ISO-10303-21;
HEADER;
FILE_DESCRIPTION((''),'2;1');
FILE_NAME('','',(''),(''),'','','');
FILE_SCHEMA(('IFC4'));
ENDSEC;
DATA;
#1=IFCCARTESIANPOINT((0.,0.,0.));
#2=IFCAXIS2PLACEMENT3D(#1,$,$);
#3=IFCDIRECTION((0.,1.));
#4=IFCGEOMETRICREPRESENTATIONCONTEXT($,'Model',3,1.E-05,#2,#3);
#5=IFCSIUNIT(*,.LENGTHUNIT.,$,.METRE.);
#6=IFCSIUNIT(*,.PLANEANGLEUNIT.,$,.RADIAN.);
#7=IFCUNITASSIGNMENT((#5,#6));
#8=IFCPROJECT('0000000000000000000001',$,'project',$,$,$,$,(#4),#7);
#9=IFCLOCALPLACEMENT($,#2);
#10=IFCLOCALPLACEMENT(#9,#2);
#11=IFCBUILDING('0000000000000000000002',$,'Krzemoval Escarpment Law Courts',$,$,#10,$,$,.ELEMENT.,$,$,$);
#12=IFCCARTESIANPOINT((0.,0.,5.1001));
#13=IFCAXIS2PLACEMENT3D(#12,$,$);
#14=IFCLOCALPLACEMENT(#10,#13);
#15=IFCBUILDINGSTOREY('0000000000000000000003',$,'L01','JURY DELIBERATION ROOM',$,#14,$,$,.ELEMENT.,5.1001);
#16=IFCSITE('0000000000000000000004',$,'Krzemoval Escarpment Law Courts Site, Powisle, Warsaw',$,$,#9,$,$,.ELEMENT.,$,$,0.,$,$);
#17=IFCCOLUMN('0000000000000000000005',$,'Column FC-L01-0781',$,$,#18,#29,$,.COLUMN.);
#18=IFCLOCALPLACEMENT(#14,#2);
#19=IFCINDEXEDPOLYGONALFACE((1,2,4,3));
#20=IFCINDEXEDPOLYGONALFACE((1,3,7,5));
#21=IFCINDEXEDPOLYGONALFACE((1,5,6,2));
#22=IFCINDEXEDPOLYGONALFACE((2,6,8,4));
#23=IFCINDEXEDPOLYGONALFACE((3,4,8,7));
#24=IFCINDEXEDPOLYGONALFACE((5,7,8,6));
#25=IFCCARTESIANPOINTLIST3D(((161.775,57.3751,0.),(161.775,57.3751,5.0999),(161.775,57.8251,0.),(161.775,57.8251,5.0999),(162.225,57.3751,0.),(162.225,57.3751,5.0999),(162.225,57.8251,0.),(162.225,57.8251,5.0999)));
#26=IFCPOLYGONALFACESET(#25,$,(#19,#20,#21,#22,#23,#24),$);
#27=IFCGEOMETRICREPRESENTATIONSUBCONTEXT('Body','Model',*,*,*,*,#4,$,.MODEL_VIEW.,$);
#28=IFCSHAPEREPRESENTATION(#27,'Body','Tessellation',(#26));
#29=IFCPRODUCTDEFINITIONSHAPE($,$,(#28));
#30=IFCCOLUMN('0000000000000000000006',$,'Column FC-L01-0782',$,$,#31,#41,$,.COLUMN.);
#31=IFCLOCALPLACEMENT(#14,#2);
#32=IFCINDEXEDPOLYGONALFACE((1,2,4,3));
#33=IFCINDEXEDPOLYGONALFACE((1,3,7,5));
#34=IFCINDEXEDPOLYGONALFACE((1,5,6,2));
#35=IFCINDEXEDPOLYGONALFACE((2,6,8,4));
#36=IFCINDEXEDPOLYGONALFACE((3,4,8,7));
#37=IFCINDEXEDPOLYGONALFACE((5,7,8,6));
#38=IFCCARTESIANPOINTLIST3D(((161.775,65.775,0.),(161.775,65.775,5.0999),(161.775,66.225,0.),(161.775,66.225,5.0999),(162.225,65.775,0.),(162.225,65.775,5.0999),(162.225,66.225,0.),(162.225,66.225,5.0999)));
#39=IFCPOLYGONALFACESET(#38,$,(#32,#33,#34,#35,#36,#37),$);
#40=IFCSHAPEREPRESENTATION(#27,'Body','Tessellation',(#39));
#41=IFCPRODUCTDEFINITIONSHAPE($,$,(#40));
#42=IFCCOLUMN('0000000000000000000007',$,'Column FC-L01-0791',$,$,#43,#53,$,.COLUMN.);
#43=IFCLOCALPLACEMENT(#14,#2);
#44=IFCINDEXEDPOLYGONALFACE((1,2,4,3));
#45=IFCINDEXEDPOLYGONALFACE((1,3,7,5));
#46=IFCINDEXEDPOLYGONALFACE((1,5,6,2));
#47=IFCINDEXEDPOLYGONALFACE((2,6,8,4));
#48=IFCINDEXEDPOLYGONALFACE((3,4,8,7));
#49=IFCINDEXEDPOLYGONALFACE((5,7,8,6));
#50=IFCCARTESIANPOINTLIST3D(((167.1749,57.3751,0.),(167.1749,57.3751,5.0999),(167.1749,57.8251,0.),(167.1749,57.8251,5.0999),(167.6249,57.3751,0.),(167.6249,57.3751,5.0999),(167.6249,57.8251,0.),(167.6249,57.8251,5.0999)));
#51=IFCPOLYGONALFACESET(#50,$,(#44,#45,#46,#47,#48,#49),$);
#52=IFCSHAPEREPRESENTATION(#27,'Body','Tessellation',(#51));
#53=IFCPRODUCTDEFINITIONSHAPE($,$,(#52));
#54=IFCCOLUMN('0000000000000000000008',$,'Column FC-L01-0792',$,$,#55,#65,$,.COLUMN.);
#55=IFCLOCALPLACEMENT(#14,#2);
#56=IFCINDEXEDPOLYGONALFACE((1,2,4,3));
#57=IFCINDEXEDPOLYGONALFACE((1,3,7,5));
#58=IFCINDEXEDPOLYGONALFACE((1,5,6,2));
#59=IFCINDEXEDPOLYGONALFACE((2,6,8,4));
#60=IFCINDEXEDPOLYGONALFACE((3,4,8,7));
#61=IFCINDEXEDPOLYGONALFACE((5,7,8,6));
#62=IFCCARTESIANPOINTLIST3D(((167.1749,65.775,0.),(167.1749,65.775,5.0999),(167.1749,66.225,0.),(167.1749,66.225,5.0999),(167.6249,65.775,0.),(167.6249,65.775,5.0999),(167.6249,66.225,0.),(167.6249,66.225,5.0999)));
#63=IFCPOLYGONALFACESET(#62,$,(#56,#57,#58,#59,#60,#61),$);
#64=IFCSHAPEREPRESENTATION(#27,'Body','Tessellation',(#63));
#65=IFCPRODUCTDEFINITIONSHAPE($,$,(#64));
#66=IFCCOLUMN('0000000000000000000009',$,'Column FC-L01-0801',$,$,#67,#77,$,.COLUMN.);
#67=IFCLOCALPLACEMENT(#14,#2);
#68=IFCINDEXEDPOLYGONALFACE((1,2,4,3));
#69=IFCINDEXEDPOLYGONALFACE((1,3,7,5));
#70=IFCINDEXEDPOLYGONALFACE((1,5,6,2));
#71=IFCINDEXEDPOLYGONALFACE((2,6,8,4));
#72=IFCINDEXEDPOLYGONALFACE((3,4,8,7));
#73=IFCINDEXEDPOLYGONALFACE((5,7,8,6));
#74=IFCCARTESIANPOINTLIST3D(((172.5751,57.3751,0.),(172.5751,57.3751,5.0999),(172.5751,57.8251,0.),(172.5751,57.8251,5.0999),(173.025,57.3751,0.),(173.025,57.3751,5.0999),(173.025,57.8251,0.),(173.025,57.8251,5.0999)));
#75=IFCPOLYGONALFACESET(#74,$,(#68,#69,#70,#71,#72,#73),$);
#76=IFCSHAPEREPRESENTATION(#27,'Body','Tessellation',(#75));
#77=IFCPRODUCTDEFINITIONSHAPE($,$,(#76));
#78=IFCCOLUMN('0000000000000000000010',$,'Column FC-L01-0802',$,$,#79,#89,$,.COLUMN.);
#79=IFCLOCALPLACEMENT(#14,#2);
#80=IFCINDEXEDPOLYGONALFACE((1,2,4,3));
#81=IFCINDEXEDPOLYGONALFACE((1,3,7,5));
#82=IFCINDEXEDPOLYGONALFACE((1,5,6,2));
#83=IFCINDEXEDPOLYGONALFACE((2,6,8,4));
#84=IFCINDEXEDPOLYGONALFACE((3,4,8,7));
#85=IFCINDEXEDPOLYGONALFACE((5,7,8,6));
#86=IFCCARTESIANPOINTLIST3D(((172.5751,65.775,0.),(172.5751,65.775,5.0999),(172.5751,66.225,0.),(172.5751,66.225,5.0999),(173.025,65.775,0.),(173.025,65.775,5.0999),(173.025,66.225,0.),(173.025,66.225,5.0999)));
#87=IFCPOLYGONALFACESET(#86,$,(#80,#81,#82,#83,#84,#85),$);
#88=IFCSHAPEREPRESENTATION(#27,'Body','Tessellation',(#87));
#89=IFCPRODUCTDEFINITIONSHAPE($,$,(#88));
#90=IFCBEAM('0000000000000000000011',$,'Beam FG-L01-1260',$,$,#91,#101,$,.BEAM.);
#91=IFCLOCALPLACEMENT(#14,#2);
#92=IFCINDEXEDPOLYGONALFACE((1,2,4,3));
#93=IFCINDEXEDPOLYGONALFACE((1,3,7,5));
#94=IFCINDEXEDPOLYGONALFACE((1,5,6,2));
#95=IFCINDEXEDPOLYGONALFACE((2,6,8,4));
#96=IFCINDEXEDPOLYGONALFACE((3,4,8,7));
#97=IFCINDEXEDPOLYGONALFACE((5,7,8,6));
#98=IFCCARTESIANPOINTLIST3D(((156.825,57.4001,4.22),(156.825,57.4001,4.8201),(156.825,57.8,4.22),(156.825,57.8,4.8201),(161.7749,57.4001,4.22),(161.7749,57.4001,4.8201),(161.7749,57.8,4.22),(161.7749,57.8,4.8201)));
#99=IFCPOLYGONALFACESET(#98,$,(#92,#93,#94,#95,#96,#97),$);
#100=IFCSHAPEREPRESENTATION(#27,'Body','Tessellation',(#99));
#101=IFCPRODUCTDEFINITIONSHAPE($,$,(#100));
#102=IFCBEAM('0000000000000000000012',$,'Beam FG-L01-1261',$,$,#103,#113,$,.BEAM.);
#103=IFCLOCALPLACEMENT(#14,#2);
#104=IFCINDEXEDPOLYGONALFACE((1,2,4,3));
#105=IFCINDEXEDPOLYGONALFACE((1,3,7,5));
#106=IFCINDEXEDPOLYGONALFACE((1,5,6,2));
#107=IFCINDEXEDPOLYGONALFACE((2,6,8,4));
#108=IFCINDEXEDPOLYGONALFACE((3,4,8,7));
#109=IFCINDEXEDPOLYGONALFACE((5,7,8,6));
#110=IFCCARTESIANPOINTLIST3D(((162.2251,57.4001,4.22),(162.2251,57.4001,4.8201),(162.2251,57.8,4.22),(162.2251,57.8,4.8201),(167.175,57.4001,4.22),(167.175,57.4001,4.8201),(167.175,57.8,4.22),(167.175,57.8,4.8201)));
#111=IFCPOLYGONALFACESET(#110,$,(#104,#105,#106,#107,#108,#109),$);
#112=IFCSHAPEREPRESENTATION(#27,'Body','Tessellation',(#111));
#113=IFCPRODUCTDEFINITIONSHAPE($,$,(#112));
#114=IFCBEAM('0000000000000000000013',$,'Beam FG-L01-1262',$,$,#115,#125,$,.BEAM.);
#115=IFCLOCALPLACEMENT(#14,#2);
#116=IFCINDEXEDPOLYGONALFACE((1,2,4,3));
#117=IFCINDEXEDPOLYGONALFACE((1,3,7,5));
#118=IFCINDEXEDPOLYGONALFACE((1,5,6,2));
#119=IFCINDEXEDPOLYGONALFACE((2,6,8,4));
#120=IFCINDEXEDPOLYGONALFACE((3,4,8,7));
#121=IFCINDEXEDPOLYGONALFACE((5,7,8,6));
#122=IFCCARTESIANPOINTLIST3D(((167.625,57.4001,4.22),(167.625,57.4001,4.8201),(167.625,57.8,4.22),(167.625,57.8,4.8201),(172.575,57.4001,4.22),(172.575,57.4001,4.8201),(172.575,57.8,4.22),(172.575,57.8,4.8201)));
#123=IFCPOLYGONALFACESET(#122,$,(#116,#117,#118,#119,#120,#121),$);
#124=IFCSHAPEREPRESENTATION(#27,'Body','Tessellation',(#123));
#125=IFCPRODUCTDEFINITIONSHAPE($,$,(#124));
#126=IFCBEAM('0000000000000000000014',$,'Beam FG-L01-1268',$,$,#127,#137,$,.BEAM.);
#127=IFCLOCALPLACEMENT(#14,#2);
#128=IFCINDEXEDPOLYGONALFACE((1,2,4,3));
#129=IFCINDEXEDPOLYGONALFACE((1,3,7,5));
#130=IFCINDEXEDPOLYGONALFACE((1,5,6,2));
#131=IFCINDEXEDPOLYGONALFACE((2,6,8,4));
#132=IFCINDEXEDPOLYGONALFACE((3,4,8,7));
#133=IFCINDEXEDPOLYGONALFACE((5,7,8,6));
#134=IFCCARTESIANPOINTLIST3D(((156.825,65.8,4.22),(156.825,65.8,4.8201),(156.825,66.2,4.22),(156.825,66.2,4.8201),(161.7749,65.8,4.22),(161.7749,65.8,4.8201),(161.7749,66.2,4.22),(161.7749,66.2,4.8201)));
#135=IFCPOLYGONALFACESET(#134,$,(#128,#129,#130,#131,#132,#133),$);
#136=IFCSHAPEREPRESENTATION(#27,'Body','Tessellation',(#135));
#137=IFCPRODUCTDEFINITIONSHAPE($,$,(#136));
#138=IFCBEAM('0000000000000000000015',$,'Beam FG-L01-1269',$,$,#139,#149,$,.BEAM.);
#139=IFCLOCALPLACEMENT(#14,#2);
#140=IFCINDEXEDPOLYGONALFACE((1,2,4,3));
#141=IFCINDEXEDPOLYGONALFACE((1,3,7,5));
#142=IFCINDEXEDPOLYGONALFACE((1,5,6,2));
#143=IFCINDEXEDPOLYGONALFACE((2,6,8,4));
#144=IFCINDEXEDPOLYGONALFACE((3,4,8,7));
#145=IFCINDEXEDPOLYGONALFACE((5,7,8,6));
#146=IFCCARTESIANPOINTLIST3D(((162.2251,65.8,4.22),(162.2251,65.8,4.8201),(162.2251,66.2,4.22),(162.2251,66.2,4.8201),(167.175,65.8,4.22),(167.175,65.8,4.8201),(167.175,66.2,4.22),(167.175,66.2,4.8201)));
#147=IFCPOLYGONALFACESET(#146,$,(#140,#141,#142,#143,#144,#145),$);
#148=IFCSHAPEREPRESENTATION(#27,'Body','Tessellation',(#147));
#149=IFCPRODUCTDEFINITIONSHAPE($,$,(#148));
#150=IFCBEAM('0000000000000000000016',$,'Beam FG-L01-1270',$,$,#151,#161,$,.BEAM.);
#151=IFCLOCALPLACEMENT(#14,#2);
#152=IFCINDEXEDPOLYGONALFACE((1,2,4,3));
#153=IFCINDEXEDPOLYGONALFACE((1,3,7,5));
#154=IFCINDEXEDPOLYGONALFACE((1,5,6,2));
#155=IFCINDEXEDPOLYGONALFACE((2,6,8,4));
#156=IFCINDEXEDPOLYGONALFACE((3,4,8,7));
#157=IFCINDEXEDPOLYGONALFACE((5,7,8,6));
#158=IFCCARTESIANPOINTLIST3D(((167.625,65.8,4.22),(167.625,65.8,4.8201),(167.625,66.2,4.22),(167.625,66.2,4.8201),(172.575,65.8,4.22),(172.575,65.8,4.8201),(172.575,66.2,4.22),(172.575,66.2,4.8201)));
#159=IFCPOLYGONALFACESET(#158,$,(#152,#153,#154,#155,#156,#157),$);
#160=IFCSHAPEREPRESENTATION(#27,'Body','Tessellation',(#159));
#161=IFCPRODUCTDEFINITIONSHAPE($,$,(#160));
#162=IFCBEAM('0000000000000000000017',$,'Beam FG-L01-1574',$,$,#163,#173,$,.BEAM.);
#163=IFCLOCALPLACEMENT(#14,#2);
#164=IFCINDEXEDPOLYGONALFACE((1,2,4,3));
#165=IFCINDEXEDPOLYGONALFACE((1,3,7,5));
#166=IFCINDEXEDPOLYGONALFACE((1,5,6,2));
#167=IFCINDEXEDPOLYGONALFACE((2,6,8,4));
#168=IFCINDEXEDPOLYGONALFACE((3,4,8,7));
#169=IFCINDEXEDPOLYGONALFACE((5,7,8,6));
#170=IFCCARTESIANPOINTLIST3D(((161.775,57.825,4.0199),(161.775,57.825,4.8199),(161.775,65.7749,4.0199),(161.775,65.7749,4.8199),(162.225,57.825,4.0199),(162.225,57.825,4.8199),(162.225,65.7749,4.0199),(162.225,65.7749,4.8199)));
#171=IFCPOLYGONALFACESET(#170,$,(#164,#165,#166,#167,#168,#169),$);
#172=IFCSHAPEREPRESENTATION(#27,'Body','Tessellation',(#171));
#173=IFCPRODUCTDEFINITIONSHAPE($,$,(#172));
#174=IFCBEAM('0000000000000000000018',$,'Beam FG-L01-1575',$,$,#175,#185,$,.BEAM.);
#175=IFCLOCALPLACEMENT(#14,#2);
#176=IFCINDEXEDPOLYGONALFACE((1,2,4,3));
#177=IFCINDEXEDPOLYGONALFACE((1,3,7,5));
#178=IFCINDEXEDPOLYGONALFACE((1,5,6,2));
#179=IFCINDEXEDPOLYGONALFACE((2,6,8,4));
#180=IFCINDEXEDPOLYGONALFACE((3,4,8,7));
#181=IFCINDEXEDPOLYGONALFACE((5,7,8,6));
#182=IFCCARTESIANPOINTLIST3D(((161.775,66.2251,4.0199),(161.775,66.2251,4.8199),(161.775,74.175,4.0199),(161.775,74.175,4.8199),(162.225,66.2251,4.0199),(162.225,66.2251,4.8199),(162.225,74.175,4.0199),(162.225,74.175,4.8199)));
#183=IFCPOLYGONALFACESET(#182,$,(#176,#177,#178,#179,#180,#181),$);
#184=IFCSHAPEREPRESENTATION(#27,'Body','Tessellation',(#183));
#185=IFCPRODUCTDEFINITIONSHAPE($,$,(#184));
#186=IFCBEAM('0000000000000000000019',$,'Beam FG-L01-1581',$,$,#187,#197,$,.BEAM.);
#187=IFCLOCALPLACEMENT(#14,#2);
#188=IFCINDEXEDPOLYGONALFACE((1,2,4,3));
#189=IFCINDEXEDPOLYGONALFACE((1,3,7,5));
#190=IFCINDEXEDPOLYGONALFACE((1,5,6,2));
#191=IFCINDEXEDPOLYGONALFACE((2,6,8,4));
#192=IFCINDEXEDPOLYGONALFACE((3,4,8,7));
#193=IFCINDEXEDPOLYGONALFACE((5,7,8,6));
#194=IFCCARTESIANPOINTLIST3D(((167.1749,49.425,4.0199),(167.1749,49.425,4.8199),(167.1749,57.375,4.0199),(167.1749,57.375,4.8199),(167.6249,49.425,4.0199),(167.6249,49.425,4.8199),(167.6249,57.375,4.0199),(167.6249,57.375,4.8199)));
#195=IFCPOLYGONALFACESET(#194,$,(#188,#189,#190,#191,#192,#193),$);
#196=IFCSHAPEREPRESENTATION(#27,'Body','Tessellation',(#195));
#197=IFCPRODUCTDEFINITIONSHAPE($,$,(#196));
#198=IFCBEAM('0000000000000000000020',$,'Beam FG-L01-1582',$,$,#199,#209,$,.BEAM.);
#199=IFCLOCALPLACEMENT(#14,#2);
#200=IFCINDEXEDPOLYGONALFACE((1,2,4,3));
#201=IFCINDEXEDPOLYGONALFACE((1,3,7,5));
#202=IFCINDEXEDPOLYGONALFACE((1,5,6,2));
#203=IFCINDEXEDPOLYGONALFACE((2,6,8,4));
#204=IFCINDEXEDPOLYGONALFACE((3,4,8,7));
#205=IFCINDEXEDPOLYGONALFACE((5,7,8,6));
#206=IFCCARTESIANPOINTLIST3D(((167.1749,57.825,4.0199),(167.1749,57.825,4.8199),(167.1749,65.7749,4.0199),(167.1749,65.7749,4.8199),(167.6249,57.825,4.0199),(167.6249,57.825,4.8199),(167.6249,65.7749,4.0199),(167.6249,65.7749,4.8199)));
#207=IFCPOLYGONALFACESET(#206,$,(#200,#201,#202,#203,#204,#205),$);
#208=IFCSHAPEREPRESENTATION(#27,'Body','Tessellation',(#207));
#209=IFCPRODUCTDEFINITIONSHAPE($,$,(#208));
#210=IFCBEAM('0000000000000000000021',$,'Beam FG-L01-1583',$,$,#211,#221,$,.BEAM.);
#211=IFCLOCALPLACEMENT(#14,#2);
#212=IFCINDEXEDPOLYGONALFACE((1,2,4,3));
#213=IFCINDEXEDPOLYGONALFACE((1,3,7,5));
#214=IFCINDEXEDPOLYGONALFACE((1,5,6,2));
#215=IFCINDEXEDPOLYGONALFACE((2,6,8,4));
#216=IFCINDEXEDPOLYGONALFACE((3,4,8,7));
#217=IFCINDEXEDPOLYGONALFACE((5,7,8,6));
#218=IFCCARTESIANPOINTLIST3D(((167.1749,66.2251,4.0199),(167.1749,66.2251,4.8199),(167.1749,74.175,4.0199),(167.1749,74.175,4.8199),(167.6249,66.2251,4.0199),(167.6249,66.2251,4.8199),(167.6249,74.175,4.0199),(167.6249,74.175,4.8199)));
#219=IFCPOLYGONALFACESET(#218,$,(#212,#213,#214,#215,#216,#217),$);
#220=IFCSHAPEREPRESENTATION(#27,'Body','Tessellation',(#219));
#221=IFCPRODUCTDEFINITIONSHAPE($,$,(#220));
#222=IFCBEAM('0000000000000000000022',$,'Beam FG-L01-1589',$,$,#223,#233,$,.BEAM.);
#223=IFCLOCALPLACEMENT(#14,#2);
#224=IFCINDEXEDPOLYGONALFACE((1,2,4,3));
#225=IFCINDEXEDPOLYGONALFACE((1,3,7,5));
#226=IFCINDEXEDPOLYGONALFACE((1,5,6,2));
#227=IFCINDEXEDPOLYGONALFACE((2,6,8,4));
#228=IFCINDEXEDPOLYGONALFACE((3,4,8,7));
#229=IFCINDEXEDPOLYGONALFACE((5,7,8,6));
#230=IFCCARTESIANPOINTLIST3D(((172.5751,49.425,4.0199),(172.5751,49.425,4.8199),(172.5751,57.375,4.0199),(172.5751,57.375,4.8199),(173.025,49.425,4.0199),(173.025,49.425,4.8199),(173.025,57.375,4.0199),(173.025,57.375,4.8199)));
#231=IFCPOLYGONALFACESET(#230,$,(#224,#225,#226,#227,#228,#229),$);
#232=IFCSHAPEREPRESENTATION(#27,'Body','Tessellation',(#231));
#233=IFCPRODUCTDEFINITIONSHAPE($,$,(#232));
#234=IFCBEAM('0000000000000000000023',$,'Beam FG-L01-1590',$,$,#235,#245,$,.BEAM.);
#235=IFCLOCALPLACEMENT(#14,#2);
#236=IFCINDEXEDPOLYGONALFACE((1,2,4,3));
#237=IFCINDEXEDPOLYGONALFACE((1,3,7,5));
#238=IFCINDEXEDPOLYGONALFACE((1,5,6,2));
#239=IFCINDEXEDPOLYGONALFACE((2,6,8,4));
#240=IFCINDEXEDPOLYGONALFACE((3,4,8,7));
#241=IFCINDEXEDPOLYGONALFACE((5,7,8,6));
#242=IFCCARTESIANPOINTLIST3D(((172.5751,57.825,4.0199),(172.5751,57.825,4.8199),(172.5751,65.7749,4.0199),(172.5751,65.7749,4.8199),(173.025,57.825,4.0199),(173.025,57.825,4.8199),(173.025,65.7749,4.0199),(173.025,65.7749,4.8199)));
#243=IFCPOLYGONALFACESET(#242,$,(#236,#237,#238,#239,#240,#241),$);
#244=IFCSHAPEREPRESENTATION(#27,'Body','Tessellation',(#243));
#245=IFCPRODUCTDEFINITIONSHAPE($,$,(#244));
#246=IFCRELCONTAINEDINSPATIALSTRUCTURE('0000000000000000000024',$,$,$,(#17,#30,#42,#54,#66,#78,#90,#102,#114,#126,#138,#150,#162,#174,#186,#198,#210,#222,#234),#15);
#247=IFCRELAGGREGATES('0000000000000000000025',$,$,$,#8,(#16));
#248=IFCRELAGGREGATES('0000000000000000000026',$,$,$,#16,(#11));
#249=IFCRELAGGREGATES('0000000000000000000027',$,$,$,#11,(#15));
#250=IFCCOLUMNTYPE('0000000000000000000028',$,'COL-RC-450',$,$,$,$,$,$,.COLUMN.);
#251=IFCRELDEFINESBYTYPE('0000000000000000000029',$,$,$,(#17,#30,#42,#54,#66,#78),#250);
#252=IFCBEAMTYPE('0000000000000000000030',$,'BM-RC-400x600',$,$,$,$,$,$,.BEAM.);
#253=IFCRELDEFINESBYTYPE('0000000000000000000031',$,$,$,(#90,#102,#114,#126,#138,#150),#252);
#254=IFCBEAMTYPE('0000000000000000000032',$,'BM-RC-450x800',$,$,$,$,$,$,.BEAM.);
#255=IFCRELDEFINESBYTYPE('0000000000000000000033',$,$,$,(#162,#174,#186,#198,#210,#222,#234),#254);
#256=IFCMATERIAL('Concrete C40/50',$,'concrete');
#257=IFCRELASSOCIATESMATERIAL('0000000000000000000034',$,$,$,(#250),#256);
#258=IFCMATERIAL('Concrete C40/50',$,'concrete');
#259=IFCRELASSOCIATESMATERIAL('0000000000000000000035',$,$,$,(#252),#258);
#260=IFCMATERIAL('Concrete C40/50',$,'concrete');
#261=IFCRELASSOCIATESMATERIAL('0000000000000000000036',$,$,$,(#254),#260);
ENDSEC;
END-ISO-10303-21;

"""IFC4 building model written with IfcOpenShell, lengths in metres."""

from ifc_helpers import new_model, si_unit, direction, frame, origin, origin_2d, place, context, subcontext, project, spatial, rectangle, extrude, material, material_profile, profile_set, type_object, element, save


model = new_model("IFC4")

# Units and contexts
model_context = context("Model", 3, precision=1e-05, world=origin(), true_north=direction((0.0, 1.0)))
body_context = subcontext(model_context, "Body", "Model", "MODEL_VIEW")
ifc_project = project(units=[si_unit("LENGTHUNIT", "METRE"), si_unit("PLANEANGLEUNIT", "RADIAN")], contexts=[model_context])

# Site, building, storey
site_placement = place(None, origin())
site = spatial("IfcSite", under=ifc_project, at=site_placement, Name="Krzemoval Escarpment Law Courts Site, Powisle, Warsaw", CompositionType="ELEMENT", RefElevation=0.0)
building_placement = place(site_placement, origin())
building = spatial("IfcBuilding", under=site, at=building_placement, Name="Krzemoval Escarpment Law Courts", CompositionType="ELEMENT")
storey_placement = place(building_placement, frame((0.0, 0.0, 5.1001)))
storey = spatial("IfcBuildingStorey", under=building, at=storey_placement, Name="L01", Description="JURY DELIBERATION ROOM", CompositionType="ELEMENT", Elevation=5.1001)

# Columns
ifc_material_1 = material(Name="Concrete C40/50", Category="concrete")
ifc_material_profile_1 = material_profile(ifc_material_1, rectangle(XDim=0.45, YDim=0.45, at=origin_2d()), Name="RC 450x450")
ifc_profile_set_1 = profile_set([ifc_material_profile_1], Name="Concrete C40/50")
column_type = type_object("IfcColumnType", Name="COL-RC-450", PredefinedType="COLUMN", material=ifc_profile_set_1)
for number, where, z_axis, x_axis, name in (
    (1, (162.0, 57.6001, 0.0), (0.0, 0.0, 1.0), (1.0, 0.0, 0.0), "Column FC-L01-0781"),
    (2, (162.0, 66.0, 0.0), (0.0, 0.0, 1.0), (1.0, 0.0, 0.0), "Column FC-L01-0782"),
    (3, (167.3999, 57.6001, 0.0), (0.0, 0.0, 1.0), (1.0, 0.0, 0.0), "Column FC-L01-0791"),
    (4, (167.3999, 66.0, 0.0), (0.0, 0.0, 1.0), (1.0, 0.0, 0.0), "Column FC-L01-0792"),
    (5, (172.8, 57.6001, 0.0), (0.0, 0.0, 1.0), (1.0, 0.0, 0.0), "Column FC-L01-0801"),
    (6, (172.8, 66.0, 0.0), (0.0, 0.0, 1.0), (1.0, 0.0, 0.0), "Column FC-L01-0802"),
):
    element("IfcColumn", number, at=place(storey_placement, frame(where, z_axis=z_axis, x_axis=x_axis)), inside=storey, type_object=column_type, Name=name, PredefinedType="COLUMN", context=body_context, shape_type="SweptSolid", body=[
        extrude(rectangle(XDim=0.45, YDim=0.45, at=origin_2d()), origin(), (0.0, 0.0, 1.0), 5.0999),
    ])

# Beams
ifc_material_2 = material(Name="Concrete C40/50", Category="concrete")
ifc_material_profile_2 = material_profile(ifc_material_2, rectangle(XDim=0.3999, YDim=0.6001, at=origin_2d()), Name="RCB 400x600")
ifc_profile_set_2 = profile_set([ifc_material_profile_2], Name="Concrete C40/50")
beam_type_1 = type_object("IfcBeamType", Name="BM-RC-400x600", PredefinedType="BEAM", material=ifc_profile_set_2)
for number, where, z_axis, x_axis, name in (
    (7, (156.825, 57.6001, 4.52), (1.0, 0.0, 0.0), (0.0, 1.0, 0.0), "Beam FG-L01-1260"),
    (8, (162.2251, 57.6001, 4.52), (1.0, 0.0, 0.0), (0.0, 1.0, 0.0), "Beam FG-L01-1261"),
    (9, (167.625, 57.6001, 4.52), (1.0, 0.0, 0.0), (0.0, 1.0, 0.0), "Beam FG-L01-1262"),
    (10, (156.825, 66.0, 4.52), (1.0, 0.0, 0.0), (0.0, 1.0, 0.0), "Beam FG-L01-1268"),
    (11, (162.2251, 66.0, 4.52), (1.0, 0.0, 0.0), (0.0, 1.0, 0.0), "Beam FG-L01-1269"),
    (12, (167.625, 66.0, 4.52), (1.0, 0.0, 0.0), (0.0, 1.0, 0.0), "Beam FG-L01-1270"),
):
    element("IfcBeam", number, at=place(storey_placement, frame(where, z_axis=z_axis, x_axis=x_axis)), inside=storey, type_object=beam_type_1, Name=name, PredefinedType="BEAM", context=body_context, shape_type="SweptSolid", body=[
        extrude(rectangle(XDim=0.3999, YDim=0.6001, at=origin_2d()), origin(), (0.0, 0.0, 1.0), 4.95),
    ])
ifc_material_3 = material(Name="Concrete C40/50", Category="concrete")
ifc_material_profile_3 = material_profile(ifc_material_3, rectangle(XDim=0.45, YDim=0.8, at=origin_2d()), Name="RCB 450x800")
ifc_profile_set_3 = profile_set([ifc_material_profile_3], Name="Concrete C40/50")
beam_type_2 = type_object("IfcBeamType", Name="BM-RC-450x800", PredefinedType="BEAM", material=ifc_profile_set_3)
for number, where, z_axis, x_axis, name in (
    (13, (162.0, 57.825, 4.4199), (0.0, 1.0, 0.0), (-1.0, 0.0, 0.0), "Beam FG-L01-1574"),
    (14, (162.0, 66.2251, 4.4199), (0.0, 1.0, 0.0), (-1.0, 0.0, 0.0), "Beam FG-L01-1575"),
    (15, (167.3999, 49.425, 4.4199), (0.0, 1.0, 0.0), (-1.0, 0.0, 0.0), "Beam FG-L01-1581"),
    (16, (167.3999, 57.825, 4.4199), (0.0, 1.0, 0.0), (-1.0, 0.0, 0.0), "Beam FG-L01-1582"),
    (17, (167.3999, 66.2251, 4.4199), (0.0, 1.0, 0.0), (-1.0, 0.0, 0.0), "Beam FG-L01-1583"),
    (18, (172.8, 49.425, 4.4199), (0.0, 1.0, 0.0), (-1.0, 0.0, 0.0), "Beam FG-L01-1589"),
    (19, (172.8, 57.825, 4.4199), (0.0, 1.0, 0.0), (-1.0, 0.0, 0.0), "Beam FG-L01-1590"),
):
    element("IfcBeam", number, at=place(storey_placement, frame(where, z_axis=z_axis, x_axis=x_axis)), inside=storey, type_object=beam_type_2, Name=name, PredefinedType="BEAM", context=body_context, shape_type="SweptSolid", body=[
        extrude(rectangle(XDim=0.45, YDim=0.8, at=origin_2d()), origin(), (0.0, 0.0, 1.0), 7.95),
    ])

save(model, "model.ifc")
